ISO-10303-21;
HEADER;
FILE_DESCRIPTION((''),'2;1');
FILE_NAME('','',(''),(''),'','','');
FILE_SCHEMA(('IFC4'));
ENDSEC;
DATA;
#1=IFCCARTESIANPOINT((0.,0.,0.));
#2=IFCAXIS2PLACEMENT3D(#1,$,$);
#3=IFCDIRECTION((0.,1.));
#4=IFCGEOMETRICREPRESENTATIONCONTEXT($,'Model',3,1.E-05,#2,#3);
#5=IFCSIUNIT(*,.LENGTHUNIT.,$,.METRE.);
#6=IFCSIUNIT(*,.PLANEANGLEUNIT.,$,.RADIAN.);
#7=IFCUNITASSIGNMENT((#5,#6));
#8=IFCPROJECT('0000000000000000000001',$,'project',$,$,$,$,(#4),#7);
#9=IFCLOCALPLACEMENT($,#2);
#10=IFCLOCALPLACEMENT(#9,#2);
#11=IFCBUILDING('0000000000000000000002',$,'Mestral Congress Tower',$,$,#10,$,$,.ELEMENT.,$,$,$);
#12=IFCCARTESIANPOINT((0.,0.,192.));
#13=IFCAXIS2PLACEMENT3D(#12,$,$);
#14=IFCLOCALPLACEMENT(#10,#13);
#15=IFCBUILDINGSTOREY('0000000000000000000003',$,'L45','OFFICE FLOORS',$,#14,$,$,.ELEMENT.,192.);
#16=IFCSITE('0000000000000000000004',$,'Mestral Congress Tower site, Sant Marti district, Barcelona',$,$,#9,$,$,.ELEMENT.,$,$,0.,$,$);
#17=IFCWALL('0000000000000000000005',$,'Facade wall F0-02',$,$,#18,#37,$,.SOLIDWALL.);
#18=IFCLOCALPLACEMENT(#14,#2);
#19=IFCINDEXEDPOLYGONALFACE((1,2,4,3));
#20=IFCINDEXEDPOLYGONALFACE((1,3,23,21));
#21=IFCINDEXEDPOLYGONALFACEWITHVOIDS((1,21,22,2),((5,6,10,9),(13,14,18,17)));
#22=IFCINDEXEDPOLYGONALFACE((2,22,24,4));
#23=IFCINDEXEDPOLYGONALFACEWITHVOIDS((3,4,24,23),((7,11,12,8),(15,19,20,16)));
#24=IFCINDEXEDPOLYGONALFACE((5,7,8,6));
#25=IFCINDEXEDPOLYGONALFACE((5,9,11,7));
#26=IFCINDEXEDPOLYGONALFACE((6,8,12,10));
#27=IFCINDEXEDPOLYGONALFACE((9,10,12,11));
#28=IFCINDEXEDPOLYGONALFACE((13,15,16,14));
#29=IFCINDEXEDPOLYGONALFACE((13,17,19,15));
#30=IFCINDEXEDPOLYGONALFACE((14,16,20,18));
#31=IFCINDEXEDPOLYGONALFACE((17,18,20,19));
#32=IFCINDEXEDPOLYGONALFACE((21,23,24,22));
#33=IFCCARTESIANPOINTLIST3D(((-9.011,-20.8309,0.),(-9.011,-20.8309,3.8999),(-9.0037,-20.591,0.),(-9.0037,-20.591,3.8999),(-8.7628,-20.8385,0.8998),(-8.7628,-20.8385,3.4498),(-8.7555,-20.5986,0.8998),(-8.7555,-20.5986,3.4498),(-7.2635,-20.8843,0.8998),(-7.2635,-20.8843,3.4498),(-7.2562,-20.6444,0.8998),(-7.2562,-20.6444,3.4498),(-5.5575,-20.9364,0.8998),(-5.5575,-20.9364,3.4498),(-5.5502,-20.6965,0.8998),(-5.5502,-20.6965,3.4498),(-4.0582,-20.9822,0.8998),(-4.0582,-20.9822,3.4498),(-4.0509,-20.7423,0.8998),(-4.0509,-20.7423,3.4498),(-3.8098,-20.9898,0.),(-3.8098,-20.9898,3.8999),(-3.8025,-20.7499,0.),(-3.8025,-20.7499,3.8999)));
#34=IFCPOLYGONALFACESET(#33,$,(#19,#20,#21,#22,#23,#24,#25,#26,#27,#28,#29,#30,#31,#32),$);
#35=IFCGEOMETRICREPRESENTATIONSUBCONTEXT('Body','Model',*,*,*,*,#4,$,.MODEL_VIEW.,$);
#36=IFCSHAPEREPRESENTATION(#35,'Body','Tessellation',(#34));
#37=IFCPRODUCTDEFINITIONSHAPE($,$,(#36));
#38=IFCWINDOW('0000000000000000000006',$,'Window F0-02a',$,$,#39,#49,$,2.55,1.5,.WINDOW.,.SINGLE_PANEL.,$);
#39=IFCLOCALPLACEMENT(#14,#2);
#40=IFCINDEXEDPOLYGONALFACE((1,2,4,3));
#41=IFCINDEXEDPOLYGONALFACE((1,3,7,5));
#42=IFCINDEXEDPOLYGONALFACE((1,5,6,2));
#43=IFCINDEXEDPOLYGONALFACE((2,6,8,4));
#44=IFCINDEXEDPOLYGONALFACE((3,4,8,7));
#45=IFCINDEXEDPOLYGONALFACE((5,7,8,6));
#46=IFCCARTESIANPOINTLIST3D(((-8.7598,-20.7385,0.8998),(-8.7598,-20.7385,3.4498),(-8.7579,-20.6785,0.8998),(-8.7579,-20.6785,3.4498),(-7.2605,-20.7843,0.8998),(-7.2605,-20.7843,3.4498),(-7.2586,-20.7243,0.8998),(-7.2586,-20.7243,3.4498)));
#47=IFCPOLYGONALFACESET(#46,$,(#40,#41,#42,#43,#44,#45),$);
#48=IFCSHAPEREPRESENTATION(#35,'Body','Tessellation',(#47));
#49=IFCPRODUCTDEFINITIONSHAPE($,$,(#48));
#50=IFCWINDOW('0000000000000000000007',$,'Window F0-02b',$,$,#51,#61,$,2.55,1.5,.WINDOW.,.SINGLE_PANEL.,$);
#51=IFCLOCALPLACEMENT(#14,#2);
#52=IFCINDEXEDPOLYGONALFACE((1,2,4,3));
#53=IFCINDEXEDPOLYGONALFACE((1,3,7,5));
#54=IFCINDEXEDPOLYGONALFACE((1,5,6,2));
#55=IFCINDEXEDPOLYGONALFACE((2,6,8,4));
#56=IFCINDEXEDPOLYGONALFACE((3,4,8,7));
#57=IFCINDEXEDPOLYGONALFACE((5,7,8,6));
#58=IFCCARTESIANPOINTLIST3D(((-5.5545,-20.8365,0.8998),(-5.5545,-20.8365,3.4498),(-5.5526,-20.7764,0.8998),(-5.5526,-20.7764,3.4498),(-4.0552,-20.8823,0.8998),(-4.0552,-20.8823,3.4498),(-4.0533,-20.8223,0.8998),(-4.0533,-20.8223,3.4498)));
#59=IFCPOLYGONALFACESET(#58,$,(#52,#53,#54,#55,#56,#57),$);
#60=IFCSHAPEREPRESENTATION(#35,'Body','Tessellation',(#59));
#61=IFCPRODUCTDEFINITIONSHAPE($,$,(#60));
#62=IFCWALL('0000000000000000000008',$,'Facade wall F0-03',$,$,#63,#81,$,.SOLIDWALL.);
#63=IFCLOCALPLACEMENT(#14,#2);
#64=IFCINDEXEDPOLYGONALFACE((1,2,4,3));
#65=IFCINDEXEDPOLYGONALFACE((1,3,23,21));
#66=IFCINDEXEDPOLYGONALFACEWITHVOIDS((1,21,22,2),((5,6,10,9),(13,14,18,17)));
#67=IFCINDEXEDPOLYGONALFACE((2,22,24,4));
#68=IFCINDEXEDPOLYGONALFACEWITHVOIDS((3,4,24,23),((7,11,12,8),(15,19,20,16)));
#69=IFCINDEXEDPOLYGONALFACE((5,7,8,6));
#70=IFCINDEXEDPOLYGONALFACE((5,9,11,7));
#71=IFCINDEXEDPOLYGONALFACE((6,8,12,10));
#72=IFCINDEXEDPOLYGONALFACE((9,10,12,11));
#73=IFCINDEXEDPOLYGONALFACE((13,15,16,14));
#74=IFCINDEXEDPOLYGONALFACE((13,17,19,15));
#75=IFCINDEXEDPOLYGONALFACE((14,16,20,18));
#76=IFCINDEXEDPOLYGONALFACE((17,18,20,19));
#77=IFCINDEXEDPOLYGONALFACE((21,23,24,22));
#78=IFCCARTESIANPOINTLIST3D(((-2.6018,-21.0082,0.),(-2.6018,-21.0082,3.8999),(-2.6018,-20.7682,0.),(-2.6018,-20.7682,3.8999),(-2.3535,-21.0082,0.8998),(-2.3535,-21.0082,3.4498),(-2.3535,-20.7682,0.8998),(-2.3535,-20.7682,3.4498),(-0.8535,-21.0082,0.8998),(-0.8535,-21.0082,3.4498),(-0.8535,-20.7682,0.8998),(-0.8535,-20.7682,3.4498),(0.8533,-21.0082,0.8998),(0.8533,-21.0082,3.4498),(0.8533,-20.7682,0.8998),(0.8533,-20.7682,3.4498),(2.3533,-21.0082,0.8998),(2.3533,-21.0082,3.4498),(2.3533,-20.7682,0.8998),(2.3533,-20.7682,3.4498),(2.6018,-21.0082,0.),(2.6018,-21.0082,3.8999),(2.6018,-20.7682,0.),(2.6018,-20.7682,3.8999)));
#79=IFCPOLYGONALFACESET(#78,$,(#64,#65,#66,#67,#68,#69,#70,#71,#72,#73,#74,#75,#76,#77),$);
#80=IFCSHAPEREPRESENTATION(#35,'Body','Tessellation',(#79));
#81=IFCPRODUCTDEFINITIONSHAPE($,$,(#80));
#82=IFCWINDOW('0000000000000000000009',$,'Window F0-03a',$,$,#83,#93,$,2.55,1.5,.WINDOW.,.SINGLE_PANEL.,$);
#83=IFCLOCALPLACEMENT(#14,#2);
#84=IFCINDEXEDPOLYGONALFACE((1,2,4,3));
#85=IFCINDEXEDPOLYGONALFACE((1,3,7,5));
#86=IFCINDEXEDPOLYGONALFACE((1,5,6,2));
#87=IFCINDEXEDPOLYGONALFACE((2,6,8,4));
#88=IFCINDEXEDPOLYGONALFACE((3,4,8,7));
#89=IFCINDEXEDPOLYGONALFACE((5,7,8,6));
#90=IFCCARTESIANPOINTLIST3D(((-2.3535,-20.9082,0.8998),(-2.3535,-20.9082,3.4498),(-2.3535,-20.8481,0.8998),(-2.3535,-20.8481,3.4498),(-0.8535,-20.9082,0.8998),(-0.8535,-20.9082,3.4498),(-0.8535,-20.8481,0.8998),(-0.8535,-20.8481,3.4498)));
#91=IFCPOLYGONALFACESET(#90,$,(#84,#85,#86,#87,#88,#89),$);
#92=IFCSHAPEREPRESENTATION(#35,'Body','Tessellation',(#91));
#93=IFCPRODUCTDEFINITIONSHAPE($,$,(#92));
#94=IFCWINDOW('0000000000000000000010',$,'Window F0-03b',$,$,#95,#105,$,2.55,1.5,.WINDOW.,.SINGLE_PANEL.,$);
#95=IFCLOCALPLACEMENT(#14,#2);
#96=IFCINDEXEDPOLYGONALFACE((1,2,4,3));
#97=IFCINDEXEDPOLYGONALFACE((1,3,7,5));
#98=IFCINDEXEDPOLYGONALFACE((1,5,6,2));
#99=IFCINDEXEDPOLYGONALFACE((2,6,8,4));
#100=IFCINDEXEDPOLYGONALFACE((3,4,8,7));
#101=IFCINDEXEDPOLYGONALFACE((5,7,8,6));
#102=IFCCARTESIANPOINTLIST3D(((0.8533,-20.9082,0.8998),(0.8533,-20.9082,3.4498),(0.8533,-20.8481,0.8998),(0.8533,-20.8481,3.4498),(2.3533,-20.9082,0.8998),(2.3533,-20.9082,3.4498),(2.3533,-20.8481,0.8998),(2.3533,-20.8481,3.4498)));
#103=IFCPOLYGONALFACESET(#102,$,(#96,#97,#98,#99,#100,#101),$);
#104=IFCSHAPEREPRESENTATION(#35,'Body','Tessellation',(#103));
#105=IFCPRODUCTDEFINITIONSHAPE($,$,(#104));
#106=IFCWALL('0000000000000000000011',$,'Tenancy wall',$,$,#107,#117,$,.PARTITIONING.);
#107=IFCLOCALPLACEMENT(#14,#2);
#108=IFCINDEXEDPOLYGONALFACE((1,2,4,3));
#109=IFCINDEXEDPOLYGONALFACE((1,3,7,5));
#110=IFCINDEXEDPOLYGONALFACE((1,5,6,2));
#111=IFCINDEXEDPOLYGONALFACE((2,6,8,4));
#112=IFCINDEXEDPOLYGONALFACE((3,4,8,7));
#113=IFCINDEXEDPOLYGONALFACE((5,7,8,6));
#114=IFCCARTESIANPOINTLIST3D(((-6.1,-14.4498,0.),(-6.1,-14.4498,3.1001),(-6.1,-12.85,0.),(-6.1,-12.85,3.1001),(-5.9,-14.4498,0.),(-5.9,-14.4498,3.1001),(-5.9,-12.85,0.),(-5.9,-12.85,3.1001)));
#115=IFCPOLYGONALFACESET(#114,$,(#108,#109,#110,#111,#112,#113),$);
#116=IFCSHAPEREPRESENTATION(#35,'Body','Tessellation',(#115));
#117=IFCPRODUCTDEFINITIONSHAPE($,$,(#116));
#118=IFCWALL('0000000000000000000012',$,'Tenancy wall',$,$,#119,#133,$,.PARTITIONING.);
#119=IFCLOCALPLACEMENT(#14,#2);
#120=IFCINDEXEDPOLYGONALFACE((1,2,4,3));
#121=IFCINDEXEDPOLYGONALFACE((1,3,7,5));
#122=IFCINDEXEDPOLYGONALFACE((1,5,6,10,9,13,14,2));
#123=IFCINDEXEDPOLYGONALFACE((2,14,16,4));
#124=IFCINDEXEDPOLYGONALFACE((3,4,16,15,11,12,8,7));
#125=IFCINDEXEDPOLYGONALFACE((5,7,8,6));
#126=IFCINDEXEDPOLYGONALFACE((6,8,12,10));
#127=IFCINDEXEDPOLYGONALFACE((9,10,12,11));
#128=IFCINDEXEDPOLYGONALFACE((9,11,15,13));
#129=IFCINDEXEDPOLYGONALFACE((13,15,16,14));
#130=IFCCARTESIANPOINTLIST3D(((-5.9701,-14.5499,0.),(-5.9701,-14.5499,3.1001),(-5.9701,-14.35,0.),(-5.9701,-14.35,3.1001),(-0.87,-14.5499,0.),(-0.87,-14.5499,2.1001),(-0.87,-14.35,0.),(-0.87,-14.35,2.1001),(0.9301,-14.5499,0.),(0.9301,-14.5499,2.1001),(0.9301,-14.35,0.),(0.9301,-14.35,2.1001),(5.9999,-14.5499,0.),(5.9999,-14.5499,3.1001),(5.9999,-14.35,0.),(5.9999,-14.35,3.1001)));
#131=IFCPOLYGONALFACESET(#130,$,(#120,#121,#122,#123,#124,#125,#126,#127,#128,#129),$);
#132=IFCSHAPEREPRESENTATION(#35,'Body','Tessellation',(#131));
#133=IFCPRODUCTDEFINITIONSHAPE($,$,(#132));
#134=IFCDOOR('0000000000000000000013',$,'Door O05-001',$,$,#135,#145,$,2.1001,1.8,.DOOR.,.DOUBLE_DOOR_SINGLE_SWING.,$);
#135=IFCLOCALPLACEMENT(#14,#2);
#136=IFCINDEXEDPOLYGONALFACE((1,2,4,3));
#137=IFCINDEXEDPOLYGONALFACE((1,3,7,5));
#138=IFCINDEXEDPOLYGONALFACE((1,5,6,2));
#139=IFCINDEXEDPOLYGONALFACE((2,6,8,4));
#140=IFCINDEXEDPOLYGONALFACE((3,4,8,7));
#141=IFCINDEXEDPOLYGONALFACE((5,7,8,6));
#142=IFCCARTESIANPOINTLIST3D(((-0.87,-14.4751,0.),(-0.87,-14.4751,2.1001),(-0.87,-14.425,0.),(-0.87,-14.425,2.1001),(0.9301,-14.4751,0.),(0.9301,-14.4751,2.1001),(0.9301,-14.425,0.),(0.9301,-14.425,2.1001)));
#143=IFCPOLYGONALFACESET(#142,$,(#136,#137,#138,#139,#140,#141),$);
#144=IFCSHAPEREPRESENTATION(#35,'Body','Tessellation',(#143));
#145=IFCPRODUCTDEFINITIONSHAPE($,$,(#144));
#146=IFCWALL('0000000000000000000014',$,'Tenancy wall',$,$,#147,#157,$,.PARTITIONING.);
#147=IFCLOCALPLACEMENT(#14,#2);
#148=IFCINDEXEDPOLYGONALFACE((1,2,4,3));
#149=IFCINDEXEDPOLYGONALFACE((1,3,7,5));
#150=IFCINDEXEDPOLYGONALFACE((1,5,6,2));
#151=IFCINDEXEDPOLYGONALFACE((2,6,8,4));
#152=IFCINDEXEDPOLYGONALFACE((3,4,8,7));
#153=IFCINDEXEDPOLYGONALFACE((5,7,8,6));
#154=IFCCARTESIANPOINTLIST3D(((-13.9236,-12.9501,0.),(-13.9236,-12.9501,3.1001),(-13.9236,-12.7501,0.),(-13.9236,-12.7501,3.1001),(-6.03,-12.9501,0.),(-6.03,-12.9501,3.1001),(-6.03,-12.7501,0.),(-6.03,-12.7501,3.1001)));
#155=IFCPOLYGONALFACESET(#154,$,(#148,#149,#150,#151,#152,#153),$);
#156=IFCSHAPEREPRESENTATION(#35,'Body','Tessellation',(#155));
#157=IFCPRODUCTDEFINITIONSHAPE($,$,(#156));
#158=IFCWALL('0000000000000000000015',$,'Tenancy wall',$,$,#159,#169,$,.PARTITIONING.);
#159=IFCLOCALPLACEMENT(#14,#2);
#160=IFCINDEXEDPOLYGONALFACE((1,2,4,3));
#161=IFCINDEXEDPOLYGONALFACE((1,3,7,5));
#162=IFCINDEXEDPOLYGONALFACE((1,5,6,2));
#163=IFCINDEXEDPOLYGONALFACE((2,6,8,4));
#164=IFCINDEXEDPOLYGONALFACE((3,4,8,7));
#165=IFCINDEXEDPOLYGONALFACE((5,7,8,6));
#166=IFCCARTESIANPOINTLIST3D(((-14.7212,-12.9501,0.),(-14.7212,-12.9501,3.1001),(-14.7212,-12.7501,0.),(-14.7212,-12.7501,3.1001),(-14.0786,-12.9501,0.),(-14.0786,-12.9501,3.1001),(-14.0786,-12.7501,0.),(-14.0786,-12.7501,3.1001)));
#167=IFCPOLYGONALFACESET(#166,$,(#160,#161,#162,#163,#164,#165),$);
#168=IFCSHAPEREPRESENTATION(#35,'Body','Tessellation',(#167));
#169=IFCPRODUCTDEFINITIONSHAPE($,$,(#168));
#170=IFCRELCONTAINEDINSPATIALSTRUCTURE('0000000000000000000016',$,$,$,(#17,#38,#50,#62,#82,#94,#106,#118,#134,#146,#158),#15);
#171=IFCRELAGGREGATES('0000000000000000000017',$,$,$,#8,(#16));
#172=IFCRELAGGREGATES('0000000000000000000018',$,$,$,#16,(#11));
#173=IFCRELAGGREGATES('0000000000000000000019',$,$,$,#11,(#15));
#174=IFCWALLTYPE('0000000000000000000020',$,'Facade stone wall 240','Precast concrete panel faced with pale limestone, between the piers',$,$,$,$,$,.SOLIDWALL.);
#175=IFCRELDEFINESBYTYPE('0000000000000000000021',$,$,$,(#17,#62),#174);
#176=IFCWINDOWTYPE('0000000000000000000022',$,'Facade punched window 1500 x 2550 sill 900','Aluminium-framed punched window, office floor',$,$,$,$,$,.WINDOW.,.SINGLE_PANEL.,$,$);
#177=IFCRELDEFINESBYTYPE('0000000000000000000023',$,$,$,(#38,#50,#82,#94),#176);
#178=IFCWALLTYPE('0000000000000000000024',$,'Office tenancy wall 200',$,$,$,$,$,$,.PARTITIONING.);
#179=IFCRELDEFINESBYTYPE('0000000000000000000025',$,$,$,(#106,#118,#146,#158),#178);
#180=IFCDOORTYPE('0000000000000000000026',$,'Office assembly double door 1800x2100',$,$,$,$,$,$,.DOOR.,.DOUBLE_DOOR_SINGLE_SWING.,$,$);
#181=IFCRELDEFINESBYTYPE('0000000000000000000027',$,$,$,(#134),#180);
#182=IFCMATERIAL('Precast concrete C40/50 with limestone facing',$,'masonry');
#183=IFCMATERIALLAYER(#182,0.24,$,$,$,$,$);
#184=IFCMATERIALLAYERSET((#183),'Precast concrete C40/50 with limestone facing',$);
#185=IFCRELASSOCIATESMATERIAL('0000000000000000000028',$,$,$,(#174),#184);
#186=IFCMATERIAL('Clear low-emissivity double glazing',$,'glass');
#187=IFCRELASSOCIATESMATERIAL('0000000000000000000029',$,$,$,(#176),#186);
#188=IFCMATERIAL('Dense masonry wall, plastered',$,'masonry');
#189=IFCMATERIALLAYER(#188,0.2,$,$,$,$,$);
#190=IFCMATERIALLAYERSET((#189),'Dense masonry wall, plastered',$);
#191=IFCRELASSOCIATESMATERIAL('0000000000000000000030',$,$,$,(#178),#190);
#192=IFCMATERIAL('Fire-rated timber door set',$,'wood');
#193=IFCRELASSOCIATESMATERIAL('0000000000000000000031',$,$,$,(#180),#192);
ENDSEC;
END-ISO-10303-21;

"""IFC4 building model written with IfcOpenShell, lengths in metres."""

from ifc_helpers import new_model, si_unit, direction, frame, frame_2d, origin, place, context, subcontext, project, spatial, rectangle, extrude, material, layer, layer_set, type_object, element, fill, save


model = new_model("IFC4")

# Units and contexts
model_context = context("Model", 3, precision=1e-05, world=origin(), true_north=direction((0.0, 1.0)))
body_context = subcontext(model_context, "Body", "Model", "MODEL_VIEW")
ifc_project = project(units=[si_unit("LENGTHUNIT", "METRE"), si_unit("PLANEANGLEUNIT", "RADIAN")], contexts=[model_context])

# Site, building, storey
site_placement = place(None, origin())
site = spatial("IfcSite", under=ifc_project, at=site_placement, Name="Mestral Congress Tower site, Sant Marti district, Barcelona", CompositionType="ELEMENT", RefElevation=0.0)
building_placement = place(site_placement, origin())
building = spatial("IfcBuilding", under=site, at=building_placement, Name="Mestral Congress Tower", CompositionType="ELEMENT")
storey_placement = place(building_placement, frame((0.0, 0.0, 192.0)))
storey = spatial("IfcBuildingStorey", under=building, at=storey_placement, Name="L45", Description="OFFICE FLOORS", CompositionType="ELEMENT", Elevation=192.0)

# Walls, openings, windows
ifc_material_1 = material(Name="Precast concrete C40/50 with limestone facing", Category="masonry")
ifc_layer_1 = layer(ifc_material_1, 0.24)
ifc_layer_set_1 = layer_set([ifc_layer_1], Name="Precast concrete C40/50 with limestone facing")
wall_type_1 = type_object("IfcWallType", Name="Facade stone wall 240", Description="Precast concrete panel faced with pale limestone, between the piers", PredefinedType="SOLIDWALL", material=ifc_layer_set_1)
wall_1_placement = place(storey_placement, frame((-9.0073, -20.7109, 0.0), z_axis=(0.0, 0.0, 1.0), x_axis=(0.999533, -0.030543, 0.0)))
wall_1 = element("IfcWall", 1, at=wall_1_placement, inside=storey, type_object=wall_type_1, Name="Facade wall F0-02", PredefinedType="SOLIDWALL", context=body_context, shape_type="SweptSolid", body=[
    extrude(rectangle(XDim=5.2036, YDim=0.24, at=frame_2d((2.6018, 0.0))), origin(), (0.0, 0.0, 1.0), 3.8999),
])
opening_1_placement = place(wall_1_placement, frame((0.2483, 0.0, 0.8999)))
opening_1 = element("IfcOpeningElement", 2, at=opening_1_placement, cuts=wall_1, PredefinedType="OPENING", context=body_context, shape_type="SweptSolid", body=[
    extrude(rectangle(XDim=1.5, YDim=2.55, at=frame_2d((0.75, 1.2749))), frame((0.0, 0.1299, 0.0), z_axis=(0.0, -1.0, 0.0), x_axis=(1.0, 0.0, 0.0)), (0.0, 0.0, 1.0), 0.26),
])
opening_2_placement = place(wall_1_placement, frame((3.4551, 0.0, 0.8999)))
opening_2 = element("IfcOpeningElement", 3, at=opening_2_placement, cuts=wall_1, PredefinedType="OPENING", context=body_context, shape_type="SweptSolid", body=[
    extrude(rectangle(XDim=1.5, YDim=2.55, at=frame_2d((0.75, 1.2749))), frame((0.0, 0.1299, 0.0), z_axis=(0.0, -1.0, 0.0), x_axis=(1.0, 0.0, 0.0)), (0.0, 0.0, 1.0), 0.26),
])
ifc_material_2 = material(Name="Clear low-emissivity double glazing", Category="glass")
window_type = type_object("IfcWindowType", Name="Facade punched window 1500 x 2550 sill 900", Description="Aluminium-framed punched window, office floor", PartitioningType="SINGLE_PANEL", PredefinedType="WINDOW", material=ifc_material_2)
window_1_placement = place(opening_1_placement, origin())
window_1 = element("IfcWindow", 4, at=window_1_placement, inside=storey, type_object=window_type, Name="Window F0-02a", OverallHeight=2.55, OverallWidth=1.5, PartitioningType="SINGLE_PANEL", PredefinedType="WINDOW", context=body_context, shape_type="SweptSolid", body=[
    extrude(rectangle(XDim=1.5, YDim=2.55, at=frame_2d((0.75, 1.2749))), frame((0.0, 0.04, 0.0), z_axis=(0.0, -1.0, 0.0), x_axis=(1.0, 0.0, 0.0)), (0.0, 0.0, 1.0), 0.0601),
])
fill(opening_1, window_1)
window_2_placement = place(opening_2_placement, origin())
window_2 = element("IfcWindow", 5, at=window_2_placement, inside=storey, type_object=window_type, Name="Window F0-02b", OverallHeight=2.55, OverallWidth=1.5, PartitioningType="SINGLE_PANEL", PredefinedType="WINDOW", context=body_context, shape_type="SweptSolid", body=[
    extrude(rectangle(XDim=1.5, YDim=2.55, at=frame_2d((0.75, 1.2749))), frame((0.0, 0.04, 0.0), z_axis=(0.0, -1.0, 0.0), x_axis=(1.0, 0.0, 0.0)), (0.0, 0.0, 1.0), 0.0601),
])
fill(opening_2, window_2)
wall_2_placement = place(storey_placement, frame((-2.6018, -20.8882, 0.0), z_axis=(0.0, 0.0, 1.0), x_axis=(1.0, 0.0, 0.0)))
wall_2 = element("IfcWall", 6, at=wall_2_placement, inside=storey, type_object=wall_type_1, Name="Facade wall F0-03", PredefinedType="SOLIDWALL", context=body_context, shape_type="SweptSolid", body=[
    extrude(rectangle(XDim=5.2036, YDim=0.24, at=frame_2d((2.6018, 0.0))), origin(), (0.0, 0.0, 1.0), 3.8999),
])
opening_3_placement = place(wall_2_placement, frame((0.2483, 0.0, 0.8999)))
opening_3 = element("IfcOpeningElement", 7, at=opening_3_placement, cuts=wall_2, PredefinedType="OPENING", context=body_context, shape_type="SweptSolid", body=[
    extrude(rectangle(XDim=1.5, YDim=2.55, at=frame_2d((0.75, 1.2749))), frame((0.0, 0.1299, 0.0), z_axis=(0.0, -1.0, 0.0), x_axis=(1.0, 0.0, 0.0)), (0.0, 0.0, 1.0), 0.26),
])
opening_4_placement = place(wall_2_placement, frame((3.4551, 0.0, 0.8999)))
opening_4 = element("IfcOpeningElement", 8, at=opening_4_placement, cuts=wall_2, PredefinedType="OPENING", context=body_context, shape_type="SweptSolid", body=[
    extrude(rectangle(XDim=1.5, YDim=2.55, at=frame_2d((0.75, 1.2749))), frame((0.0, 0.1299, 0.0), z_axis=(0.0, -1.0, 0.0), x_axis=(1.0, 0.0, 0.0)), (0.0, 0.0, 1.0), 0.26),
])
window_3_placement = place(opening_3_placement, origin())
window_3 = element("IfcWindow", 9, at=window_3_placement, inside=storey, type_object=window_type, Name="Window F0-03a", OverallHeight=2.55, OverallWidth=1.5, PartitioningType="SINGLE_PANEL", PredefinedType="WINDOW", context=body_context, shape_type="SweptSolid", body=[
    extrude(rectangle(XDim=1.5, YDim=2.55, at=frame_2d((0.75, 1.2749))), frame((0.0, 0.04, 0.0), z_axis=(0.0, -1.0, 0.0), x_axis=(1.0, 0.0, 0.0)), (0.0, 0.0, 1.0), 0.0601),
])
fill(opening_3, window_3)
window_4_placement = place(opening_4_placement, origin())
window_4 = element("IfcWindow", 10, at=window_4_placement, inside=storey, type_object=window_type, Name="Window F0-03b", OverallHeight=2.55, OverallWidth=1.5, PartitioningType="SINGLE_PANEL", PredefinedType="WINDOW", context=body_context, shape_type="SweptSolid", body=[
    extrude(rectangle(XDim=1.5, YDim=2.55, at=frame_2d((0.75, 1.2749))), frame((0.0, 0.04, 0.0), z_axis=(0.0, -1.0, 0.0), x_axis=(1.0, 0.0, 0.0)), (0.0, 0.0, 1.0), 0.0601),
])
fill(opening_4, window_4)

# Wall
ifc_material_3 = material(Name="Dense masonry wall, plastered", Category="masonry")
ifc_layer_2 = layer(ifc_material_3, 0.2)
ifc_layer_set_2 = layer_set([ifc_layer_2], Name="Dense masonry wall, plastered")
wall_type_2 = type_object("IfcWallType", Name="Office tenancy wall 200", PredefinedType="PARTITIONING", material=ifc_layer_set_2)
wall_3_placement = place(storey_placement, frame((-6.0, -12.8501, 0.0), z_axis=(0.0, 0.0, 1.0), x_axis=(0.0, -1.0, 0.0)))
element("IfcWall", 11, at=wall_3_placement, inside=storey, type_object=wall_type_2, Name="Tenancy wall", PredefinedType="PARTITIONING", context=body_context, shape_type="SweptSolid", body=[
    extrude(rectangle(XDim=1.5999, YDim=0.2, at=frame_2d((0.7998, 0.0))), origin(), (0.0, 0.0, 1.0), 3.1001),
])

# Wall, opening, door
wall_4_placement = place(storey_placement, frame((-5.97, -14.45, 0.0), z_axis=(0.0, 0.0, 1.0), x_axis=(1.0, 0.0, 0.0)))
wall_4 = element("IfcWall", 12, at=wall_4_placement, inside=storey, type_object=wall_type_2, Name="Tenancy wall", PredefinedType="PARTITIONING", context=body_context, shape_type="SweptSolid", body=[
    extrude(rectangle(XDim=11.97, YDim=0.2, at=frame_2d((5.9849, 0.0))), origin(), (0.0, 0.0, 1.0), 3.1001),
])
opening_5_placement = place(wall_4_placement, frame((5.1001, 0.0, 0.0)))
opening_5 = element("IfcOpeningElement", 13, at=opening_5_placement, cuts=wall_4, PredefinedType="OPENING", context=body_context, shape_type="SweptSolid", body=[
    extrude(rectangle(XDim=1.8, YDim=2.1001, at=frame_2d((0.8999, 1.05))), frame((0.0, 0.1099, 0.0), z_axis=(0.0, -1.0, 0.0), x_axis=(1.0, 0.0, 0.0)), (0.0, 0.0, 1.0), 0.22),
])
ifc_material_4 = material(Name="Fire-rated timber door set", Category="wood")
door_type = type_object("IfcDoorType", Name="Office assembly double door 1800x2100", OperationType="DOUBLE_DOOR_SINGLE_SWING", PredefinedType="DOOR", material=ifc_material_4)
door_placement = place(opening_5_placement, origin())
door = element("IfcDoor", 14, at=door_placement, inside=storey, type_object=door_type, Name="Door O05-001", OperationType="DOUBLE_DOOR_SINGLE_SWING", OverallHeight=2.1001, OverallWidth=1.8, PredefinedType="DOOR", context=body_context, shape_type="SweptSolid", body=[
    extrude(rectangle(XDim=1.8, YDim=2.1001, at=frame_2d((0.8999, 1.05))), frame((0.0, 0.0249, 0.0), z_axis=(0.0, -1.0, 0.0), x_axis=(1.0, 0.0, 0.0)), (0.0, 0.0, 1.0), 0.05),
])
fill(opening_5, door)

# Walls
wall_5_placement = place(storey_placement, frame((-13.9236, -12.8501, 0.0), z_axis=(0.0, 0.0, 1.0), x_axis=(1.0, 0.0, 0.0)))
element("IfcWall", 15, at=wall_5_placement, inside=storey, type_object=wall_type_2, Name="Tenancy wall", PredefinedType="PARTITIONING", context=body_context, shape_type="SweptSolid", body=[
    extrude(rectangle(XDim=7.8936, YDim=0.2, at=frame_2d((3.9468, 0.0))), origin(), (0.0, 0.0, 1.0), 3.1001),
])
wall_6_placement = place(storey_placement, frame((-14.7212, -12.8501, 0.0), z_axis=(0.0, 0.0, 1.0), x_axis=(1.0, 0.0, 0.0)))
element("IfcWall", 16, at=wall_6_placement, inside=storey, type_object=wall_type_2, Name="Tenancy wall", PredefinedType="PARTITIONING", context=body_context, shape_type="SweptSolid", body=[
    extrude(rectangle(XDim=0.6426, YDim=0.2, at=frame_2d((0.3213, 0.0))), origin(), (0.0, 0.0, 1.0), 3.1001),
])

save(model, "model.ifc")
